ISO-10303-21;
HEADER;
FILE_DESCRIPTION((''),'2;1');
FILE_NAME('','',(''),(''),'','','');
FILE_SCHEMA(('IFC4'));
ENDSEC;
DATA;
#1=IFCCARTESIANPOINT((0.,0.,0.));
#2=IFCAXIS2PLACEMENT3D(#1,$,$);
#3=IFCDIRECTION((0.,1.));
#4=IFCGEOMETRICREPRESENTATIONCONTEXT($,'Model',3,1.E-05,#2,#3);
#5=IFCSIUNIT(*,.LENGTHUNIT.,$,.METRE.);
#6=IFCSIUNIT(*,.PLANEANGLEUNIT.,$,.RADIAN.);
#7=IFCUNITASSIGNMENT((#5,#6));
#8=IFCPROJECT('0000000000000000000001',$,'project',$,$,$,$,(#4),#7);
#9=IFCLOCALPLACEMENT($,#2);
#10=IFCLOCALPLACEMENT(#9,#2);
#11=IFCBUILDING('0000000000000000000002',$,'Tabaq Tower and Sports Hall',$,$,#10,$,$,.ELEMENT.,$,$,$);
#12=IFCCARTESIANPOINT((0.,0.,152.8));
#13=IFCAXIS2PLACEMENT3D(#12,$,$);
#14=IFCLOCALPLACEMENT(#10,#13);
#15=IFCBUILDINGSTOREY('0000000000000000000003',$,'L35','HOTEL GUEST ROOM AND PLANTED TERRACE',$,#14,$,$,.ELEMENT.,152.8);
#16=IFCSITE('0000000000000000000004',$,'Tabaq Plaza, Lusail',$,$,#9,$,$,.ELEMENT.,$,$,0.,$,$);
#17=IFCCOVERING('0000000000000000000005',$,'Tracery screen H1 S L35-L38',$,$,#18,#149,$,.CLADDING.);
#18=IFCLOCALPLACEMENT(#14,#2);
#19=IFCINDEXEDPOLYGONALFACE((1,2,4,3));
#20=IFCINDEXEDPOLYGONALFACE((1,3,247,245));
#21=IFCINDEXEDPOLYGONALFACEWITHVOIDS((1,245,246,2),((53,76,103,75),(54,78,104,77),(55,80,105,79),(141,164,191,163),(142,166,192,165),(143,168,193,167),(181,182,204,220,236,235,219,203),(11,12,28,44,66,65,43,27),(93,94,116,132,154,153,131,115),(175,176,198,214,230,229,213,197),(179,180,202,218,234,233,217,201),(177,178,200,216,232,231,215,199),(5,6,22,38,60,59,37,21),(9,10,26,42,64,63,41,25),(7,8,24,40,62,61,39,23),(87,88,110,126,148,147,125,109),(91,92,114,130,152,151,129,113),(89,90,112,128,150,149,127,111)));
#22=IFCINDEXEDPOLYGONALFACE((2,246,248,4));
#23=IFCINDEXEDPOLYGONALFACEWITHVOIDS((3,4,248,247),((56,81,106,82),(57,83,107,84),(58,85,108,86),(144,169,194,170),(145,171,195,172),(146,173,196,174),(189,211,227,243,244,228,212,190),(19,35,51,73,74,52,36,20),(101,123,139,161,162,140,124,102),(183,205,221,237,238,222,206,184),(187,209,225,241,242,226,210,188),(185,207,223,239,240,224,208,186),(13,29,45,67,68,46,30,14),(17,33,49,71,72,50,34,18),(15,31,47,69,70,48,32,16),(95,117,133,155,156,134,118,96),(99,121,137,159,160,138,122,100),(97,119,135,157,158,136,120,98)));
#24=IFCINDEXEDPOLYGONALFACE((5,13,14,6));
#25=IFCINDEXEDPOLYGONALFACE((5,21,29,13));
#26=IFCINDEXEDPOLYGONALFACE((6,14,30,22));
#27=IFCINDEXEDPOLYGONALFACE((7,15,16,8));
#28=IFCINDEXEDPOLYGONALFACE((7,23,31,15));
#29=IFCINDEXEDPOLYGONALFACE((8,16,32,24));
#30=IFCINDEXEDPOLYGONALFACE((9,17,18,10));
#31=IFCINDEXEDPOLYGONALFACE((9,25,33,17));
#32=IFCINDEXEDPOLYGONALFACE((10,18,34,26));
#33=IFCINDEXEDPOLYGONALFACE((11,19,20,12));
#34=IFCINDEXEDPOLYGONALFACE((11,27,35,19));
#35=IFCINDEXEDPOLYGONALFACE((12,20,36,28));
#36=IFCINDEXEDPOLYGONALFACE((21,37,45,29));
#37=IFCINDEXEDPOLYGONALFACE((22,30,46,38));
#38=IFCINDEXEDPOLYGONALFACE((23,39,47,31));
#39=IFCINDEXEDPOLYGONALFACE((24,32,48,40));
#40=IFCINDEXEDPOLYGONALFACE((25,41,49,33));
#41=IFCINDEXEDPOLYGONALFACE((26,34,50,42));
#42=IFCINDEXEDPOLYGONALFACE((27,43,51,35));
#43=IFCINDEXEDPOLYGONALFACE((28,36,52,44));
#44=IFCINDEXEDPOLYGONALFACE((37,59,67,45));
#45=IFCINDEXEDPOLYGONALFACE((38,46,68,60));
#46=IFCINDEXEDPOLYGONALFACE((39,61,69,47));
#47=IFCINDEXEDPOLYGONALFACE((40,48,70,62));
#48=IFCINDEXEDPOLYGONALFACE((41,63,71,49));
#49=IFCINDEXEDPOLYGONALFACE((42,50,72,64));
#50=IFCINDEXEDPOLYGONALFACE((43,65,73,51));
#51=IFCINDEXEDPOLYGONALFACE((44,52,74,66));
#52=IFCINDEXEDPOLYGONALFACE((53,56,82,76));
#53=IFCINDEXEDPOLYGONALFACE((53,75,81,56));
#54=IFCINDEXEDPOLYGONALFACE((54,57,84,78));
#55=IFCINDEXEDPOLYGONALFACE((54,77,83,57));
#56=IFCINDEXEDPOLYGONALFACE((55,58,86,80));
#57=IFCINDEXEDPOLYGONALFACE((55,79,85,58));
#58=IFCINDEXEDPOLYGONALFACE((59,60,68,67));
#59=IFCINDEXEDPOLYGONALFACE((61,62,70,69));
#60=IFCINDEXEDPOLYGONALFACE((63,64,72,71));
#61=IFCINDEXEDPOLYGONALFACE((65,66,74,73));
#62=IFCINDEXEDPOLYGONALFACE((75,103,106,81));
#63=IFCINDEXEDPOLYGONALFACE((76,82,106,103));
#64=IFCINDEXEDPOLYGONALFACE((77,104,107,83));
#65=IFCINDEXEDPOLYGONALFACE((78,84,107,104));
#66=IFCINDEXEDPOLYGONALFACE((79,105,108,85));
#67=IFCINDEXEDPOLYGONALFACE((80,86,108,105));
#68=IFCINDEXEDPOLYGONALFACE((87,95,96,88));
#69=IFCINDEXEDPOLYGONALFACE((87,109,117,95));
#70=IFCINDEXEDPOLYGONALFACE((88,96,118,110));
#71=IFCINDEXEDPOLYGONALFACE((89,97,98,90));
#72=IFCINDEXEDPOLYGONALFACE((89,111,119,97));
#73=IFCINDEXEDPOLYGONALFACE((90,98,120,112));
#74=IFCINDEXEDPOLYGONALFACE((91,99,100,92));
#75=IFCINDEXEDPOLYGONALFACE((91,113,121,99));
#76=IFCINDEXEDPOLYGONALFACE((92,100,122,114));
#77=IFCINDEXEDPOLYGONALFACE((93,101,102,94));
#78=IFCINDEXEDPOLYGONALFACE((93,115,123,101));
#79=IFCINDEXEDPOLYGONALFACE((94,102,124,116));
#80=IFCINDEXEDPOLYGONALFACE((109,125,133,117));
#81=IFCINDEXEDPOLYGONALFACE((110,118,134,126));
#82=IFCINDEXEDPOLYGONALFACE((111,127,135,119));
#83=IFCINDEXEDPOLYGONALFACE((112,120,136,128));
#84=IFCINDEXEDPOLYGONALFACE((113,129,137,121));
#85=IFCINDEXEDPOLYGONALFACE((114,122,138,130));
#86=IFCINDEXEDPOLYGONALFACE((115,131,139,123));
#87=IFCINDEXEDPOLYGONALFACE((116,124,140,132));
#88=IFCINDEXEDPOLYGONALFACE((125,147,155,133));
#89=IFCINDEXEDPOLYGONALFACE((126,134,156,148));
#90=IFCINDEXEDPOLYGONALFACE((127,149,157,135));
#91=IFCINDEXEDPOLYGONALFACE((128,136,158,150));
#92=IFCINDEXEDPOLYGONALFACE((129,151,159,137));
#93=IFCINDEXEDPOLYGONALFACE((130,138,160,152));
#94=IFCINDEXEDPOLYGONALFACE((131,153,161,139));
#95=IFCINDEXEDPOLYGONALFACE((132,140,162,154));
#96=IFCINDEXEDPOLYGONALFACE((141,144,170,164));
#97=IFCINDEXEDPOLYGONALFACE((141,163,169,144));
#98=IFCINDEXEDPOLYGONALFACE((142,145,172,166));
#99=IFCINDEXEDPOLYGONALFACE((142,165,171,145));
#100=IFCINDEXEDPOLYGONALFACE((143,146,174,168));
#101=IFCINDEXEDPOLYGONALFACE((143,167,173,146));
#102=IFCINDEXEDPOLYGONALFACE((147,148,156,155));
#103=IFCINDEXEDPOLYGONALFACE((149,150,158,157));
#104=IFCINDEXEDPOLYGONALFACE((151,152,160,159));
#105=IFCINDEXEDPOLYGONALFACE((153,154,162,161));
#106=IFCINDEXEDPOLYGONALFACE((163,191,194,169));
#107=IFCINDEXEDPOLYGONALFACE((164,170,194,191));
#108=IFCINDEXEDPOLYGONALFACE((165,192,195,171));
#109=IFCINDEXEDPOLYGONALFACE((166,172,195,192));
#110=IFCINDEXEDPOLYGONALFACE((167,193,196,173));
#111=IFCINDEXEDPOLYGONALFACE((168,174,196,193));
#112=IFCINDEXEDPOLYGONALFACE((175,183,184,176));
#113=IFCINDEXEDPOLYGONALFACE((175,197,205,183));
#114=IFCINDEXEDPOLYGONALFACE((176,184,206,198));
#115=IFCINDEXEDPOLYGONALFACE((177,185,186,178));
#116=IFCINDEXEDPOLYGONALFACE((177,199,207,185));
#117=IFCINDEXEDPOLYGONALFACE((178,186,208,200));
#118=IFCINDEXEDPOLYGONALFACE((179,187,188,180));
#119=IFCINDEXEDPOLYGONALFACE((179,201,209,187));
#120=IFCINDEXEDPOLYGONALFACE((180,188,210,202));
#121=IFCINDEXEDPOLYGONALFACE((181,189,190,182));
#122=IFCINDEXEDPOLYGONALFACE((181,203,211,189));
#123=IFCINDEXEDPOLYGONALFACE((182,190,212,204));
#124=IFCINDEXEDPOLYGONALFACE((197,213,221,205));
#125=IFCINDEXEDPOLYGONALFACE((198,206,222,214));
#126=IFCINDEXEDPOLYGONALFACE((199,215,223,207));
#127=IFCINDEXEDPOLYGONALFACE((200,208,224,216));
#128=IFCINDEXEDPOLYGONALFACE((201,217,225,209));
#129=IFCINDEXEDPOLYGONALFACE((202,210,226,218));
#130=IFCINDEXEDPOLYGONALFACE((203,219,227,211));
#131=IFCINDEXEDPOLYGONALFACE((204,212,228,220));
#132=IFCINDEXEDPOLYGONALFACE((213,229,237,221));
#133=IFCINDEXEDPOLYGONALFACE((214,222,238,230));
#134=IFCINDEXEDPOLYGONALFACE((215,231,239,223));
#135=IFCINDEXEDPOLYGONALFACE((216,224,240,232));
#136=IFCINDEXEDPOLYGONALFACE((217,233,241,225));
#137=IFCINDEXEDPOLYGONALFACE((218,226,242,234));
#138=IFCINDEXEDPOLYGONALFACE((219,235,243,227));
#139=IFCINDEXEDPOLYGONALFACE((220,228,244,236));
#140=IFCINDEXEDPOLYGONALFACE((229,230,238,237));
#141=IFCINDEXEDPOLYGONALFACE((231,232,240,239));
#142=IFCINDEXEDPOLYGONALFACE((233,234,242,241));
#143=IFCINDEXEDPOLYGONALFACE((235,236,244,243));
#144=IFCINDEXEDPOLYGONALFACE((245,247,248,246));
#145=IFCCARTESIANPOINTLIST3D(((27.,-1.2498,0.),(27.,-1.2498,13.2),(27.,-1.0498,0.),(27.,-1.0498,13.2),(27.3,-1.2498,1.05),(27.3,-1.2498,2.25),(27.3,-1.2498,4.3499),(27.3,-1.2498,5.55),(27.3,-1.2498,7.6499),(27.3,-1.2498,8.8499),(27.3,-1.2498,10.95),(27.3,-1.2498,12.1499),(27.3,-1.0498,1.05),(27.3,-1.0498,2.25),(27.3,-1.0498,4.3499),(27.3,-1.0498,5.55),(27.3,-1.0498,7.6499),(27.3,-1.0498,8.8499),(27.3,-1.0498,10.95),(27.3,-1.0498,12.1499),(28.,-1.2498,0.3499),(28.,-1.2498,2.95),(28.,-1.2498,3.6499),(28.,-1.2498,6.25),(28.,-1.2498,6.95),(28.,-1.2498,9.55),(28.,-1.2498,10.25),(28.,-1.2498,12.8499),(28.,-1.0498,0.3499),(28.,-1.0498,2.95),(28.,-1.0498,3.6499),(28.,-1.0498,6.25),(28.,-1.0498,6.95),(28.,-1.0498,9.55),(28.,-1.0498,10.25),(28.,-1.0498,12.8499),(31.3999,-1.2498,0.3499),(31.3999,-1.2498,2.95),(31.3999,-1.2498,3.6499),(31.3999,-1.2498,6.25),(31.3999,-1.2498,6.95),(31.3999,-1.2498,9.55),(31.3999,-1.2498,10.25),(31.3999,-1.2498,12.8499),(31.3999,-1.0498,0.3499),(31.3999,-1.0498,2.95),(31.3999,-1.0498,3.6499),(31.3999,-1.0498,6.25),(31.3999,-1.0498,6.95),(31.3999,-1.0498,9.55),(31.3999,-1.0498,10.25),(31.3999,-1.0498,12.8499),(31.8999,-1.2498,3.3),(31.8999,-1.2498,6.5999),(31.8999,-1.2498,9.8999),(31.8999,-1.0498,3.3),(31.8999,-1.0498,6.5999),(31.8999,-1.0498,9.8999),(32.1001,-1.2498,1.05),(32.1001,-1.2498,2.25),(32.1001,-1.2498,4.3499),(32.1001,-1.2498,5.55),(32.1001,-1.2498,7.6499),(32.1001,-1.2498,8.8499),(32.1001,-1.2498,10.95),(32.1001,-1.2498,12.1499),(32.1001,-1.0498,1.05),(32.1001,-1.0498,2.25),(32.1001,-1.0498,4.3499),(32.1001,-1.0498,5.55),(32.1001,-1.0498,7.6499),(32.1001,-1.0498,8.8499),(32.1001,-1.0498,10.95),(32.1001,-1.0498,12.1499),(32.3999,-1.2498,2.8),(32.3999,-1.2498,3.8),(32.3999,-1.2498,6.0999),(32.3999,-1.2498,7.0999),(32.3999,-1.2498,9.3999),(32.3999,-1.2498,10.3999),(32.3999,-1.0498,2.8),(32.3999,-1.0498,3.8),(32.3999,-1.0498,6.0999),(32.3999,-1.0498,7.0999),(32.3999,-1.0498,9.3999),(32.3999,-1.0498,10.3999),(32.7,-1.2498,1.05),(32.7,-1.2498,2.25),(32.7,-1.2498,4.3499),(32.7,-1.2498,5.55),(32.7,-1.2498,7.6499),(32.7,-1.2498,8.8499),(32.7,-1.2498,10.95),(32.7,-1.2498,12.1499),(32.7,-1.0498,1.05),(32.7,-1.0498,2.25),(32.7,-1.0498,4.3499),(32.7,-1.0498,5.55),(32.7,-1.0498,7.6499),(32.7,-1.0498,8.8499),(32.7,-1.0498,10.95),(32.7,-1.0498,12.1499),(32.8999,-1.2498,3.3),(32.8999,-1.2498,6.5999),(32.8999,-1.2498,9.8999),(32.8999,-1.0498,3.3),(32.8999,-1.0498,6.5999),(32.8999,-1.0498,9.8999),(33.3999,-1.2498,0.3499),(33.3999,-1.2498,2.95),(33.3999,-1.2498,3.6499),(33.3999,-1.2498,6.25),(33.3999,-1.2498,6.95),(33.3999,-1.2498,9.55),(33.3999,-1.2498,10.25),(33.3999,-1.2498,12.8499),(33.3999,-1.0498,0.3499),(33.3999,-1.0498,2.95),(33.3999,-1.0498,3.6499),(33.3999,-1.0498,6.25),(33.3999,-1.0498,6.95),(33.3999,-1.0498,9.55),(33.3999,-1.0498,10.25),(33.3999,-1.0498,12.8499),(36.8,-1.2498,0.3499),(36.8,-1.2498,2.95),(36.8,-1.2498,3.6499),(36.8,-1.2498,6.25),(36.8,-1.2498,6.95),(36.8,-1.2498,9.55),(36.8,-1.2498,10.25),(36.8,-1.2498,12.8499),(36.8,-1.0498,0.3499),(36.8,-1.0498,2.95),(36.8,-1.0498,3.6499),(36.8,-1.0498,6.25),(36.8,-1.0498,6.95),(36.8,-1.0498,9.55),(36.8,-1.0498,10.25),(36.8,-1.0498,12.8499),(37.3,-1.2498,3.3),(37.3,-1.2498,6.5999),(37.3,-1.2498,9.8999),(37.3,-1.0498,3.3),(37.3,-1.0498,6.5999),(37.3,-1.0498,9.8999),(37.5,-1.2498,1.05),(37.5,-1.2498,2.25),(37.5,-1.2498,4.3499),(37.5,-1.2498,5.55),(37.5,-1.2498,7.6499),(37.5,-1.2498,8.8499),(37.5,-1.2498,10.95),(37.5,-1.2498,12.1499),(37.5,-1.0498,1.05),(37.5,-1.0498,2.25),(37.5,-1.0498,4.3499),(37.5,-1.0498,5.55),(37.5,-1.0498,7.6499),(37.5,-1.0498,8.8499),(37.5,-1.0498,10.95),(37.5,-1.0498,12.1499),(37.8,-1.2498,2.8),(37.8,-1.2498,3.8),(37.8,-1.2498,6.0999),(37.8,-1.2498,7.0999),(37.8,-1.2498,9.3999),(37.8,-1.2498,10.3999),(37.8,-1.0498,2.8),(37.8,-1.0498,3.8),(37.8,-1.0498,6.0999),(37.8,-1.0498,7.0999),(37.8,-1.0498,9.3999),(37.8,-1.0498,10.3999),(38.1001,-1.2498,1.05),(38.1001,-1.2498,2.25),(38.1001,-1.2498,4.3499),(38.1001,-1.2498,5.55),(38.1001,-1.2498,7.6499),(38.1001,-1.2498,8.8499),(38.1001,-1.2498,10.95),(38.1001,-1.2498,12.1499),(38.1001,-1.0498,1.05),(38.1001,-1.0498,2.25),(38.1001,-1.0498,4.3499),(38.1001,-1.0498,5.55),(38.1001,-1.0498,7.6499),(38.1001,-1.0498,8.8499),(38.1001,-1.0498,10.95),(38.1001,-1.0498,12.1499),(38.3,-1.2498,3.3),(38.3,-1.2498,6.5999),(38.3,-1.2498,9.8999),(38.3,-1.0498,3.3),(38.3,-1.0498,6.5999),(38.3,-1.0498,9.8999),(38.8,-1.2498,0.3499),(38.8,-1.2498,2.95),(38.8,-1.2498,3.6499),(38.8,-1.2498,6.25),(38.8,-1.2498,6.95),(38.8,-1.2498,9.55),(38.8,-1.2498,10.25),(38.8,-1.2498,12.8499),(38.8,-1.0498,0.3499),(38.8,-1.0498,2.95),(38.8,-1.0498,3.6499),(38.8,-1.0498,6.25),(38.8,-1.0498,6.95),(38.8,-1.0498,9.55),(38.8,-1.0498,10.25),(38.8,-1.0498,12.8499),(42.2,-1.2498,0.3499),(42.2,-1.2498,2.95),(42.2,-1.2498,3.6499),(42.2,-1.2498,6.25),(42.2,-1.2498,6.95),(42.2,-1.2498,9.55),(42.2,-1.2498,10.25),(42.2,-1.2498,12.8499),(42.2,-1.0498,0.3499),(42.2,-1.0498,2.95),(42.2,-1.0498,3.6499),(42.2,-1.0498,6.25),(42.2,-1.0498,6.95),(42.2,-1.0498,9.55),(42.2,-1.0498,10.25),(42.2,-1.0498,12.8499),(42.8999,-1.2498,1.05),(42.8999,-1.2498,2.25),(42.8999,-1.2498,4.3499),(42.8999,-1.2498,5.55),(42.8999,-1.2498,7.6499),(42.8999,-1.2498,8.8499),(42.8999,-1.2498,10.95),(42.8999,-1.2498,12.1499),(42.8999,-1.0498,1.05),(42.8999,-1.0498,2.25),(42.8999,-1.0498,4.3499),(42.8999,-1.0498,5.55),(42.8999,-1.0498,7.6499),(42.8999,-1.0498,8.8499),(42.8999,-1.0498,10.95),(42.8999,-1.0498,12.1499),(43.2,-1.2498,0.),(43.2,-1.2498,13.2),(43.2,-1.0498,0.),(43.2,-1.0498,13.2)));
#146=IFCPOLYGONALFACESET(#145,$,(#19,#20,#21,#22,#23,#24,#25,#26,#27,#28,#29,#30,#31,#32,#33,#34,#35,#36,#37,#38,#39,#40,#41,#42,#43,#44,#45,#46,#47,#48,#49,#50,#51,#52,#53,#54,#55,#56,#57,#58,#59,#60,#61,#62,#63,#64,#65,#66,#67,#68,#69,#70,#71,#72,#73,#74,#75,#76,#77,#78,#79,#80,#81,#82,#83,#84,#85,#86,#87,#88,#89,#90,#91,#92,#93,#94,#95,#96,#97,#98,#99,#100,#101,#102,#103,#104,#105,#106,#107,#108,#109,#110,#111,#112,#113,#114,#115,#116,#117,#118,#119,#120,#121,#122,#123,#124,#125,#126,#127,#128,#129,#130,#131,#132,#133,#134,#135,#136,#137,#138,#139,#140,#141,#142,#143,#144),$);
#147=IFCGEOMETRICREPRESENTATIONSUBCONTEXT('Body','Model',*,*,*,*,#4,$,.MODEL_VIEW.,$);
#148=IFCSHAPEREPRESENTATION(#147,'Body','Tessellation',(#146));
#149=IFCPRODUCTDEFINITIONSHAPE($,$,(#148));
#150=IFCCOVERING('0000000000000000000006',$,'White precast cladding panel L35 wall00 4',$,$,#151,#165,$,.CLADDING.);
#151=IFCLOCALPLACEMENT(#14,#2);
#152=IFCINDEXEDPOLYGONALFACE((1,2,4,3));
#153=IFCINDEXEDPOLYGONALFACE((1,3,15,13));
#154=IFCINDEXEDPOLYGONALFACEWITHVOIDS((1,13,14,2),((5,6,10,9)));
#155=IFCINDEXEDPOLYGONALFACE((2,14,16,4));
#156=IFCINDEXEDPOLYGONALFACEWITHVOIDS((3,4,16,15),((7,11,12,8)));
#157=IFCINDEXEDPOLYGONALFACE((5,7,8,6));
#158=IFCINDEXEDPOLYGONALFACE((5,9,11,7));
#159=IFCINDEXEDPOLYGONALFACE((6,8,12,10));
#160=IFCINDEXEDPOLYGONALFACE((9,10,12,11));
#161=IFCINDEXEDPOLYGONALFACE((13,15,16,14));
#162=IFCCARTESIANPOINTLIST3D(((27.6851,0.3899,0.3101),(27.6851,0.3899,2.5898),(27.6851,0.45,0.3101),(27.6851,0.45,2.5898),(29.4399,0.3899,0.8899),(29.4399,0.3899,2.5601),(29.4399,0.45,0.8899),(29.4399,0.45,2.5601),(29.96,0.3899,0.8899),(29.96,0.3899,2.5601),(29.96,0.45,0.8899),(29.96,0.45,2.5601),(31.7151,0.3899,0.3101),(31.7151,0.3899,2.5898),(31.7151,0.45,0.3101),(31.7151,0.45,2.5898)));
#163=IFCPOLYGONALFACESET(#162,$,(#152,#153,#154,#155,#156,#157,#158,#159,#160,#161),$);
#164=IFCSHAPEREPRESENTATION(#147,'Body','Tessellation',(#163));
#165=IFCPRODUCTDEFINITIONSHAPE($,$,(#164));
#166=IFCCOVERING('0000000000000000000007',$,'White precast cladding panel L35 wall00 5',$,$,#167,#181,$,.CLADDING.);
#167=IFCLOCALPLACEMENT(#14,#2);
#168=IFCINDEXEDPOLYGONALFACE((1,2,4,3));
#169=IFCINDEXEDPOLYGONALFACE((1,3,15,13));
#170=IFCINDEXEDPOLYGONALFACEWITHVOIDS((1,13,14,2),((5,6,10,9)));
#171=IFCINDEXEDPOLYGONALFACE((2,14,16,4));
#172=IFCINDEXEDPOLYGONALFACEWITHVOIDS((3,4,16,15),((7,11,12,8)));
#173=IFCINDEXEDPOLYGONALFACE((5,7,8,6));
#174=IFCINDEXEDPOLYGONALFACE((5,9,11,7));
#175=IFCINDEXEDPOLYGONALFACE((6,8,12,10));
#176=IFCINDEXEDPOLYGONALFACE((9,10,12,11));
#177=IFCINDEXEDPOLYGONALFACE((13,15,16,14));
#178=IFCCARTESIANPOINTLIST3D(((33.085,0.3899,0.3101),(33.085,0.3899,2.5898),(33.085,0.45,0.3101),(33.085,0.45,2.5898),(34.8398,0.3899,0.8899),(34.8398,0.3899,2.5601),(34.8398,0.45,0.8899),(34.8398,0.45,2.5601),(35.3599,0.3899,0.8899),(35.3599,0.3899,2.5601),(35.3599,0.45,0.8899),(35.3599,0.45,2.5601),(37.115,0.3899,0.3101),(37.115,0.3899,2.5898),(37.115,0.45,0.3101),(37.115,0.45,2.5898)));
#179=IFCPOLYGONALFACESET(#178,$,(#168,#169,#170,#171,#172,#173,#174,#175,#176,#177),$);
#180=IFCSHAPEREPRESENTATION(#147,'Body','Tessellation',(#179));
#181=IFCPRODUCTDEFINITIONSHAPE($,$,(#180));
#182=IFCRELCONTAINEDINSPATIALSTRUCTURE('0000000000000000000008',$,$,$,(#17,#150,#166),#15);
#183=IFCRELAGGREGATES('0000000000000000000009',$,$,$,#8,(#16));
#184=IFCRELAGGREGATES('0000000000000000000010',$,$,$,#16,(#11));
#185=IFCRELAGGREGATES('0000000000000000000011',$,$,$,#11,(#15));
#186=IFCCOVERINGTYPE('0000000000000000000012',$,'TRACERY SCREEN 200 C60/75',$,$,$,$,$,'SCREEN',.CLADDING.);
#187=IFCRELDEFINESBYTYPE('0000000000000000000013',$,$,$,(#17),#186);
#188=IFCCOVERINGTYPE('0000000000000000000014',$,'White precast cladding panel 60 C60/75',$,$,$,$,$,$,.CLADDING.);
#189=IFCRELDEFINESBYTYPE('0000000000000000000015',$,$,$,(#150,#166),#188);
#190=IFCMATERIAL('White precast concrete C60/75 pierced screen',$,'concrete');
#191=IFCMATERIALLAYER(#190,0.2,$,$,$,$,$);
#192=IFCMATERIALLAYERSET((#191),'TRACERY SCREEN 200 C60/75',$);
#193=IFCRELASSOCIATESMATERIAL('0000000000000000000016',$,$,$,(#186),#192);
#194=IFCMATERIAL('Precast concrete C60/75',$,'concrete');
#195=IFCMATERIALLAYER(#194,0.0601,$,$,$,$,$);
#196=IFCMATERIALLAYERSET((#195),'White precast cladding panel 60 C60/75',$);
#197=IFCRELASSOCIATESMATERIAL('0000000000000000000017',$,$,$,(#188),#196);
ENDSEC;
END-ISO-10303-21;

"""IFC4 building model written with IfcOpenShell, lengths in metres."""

from ifc_helpers import new_model, si_unit, direction, frame, origin, place, context, subcontext, project, spatial, polyline, outline, extrude, material, layer, layer_set, type_object, element, save


model = new_model("IFC4")

# Units and contexts
model_context = context("Model", 3, precision=1e-05, world=origin(), true_north=direction((0.0, 1.0)))
body_context = subcontext(model_context, "Body", "Model", "MODEL_VIEW")
ifc_project = project(units=[si_unit("LENGTHUNIT", "METRE"), si_unit("PLANEANGLEUNIT", "RADIAN")], contexts=[model_context])

# Site, building, storey
site_placement = place(None, origin())
site = spatial("IfcSite", under=ifc_project, at=site_placement, Name="Tabaq Plaza, Lusail", CompositionType="ELEMENT", RefElevation=0.0)
building_placement = place(site_placement, origin())
building = spatial("IfcBuilding", under=site, at=building_placement, Name="Tabaq Tower and Sports Hall", CompositionType="ELEMENT")
storey_placement = place(building_placement, frame((0.0, 0.0, 152.8)))
storey = spatial("IfcBuildingStorey", under=building, at=storey_placement, Name="L35", Description="HOTEL GUEST ROOM AND PLANTED TERRACE", CompositionType="ELEMENT", Elevation=152.8)

# Coverings
ifc_material_1 = material(Name="White precast concrete C60/75 pierced screen", Category="concrete")
ifc_layer_1 = layer(ifc_material_1, 0.2)
ifc_layer_set_1 = layer_set([ifc_layer_1], Name="TRACERY SCREEN 200 C60/75")
covering_type_1 = type_object("IfcCoveringType", Name="TRACERY SCREEN 200 C60/75", ElementType="SCREEN", PredefinedType="CLADDING", material=ifc_layer_set_1)
covering_1_placement = place(storey_placement, frame((27.0, -1.1499, 0.0), z_axis=(0.0, 0.0, 1.0), x_axis=(1.0, 0.0, 0.0)))
element("IfcCovering", 1, at=covering_1_placement, inside=storey, type_object=covering_type_1, Name="Tracery screen H1 S L35-L38", PredefinedType="CLADDING", context=body_context, shape_type="SweptSolid", body=[
    extrude(outline(polyline([(0.0, 0.0), (16.2, 0.0), (16.2, 13.2), (0.0, 13.2), (0.0, 0.0)]), holes=[polyline([(1.0, 0.3499), (4.3999, 0.3499), (5.1001, 1.05), (5.1001, 2.25), (4.3999, 2.95), (1.0, 2.95), (0.3, 2.25), (0.3, 1.05), (1.0, 0.3499)]), polyline([(6.3999, 0.3499), (9.8, 0.3499), (10.5, 1.05), (10.5, 2.25), (9.8, 2.95), (6.3999, 2.95), (5.7, 2.25), (5.7, 1.05), (6.3999, 0.3499)]), polyline([(11.8, 0.3499), (15.2, 0.3499), (15.8999, 1.05), (15.8999, 2.25), (15.2, 2.95), (11.8, 2.95), (11.1001, 2.25), (11.1001, 1.05), (11.8, 0.3499)]), polyline([(1.0, 3.6499), (4.3999, 3.6499), (5.1001, 4.3499), (5.1001, 5.55), (4.3999, 6.25), (1.0, 6.25), (0.3, 5.55), (0.3, 4.3499), (1.0, 3.6499)]), polyline([(6.3999, 3.6499), (9.8, 3.6499), (10.5, 4.3499), (10.5, 5.55), (9.8, 6.25), (6.3999, 6.25), (5.7, 5.55), (5.7, 4.3499), (6.3999, 3.6499)]), polyline([(11.8, 3.6499), (15.2, 3.6499), (15.8999, 4.3499), (15.8999, 5.55), (15.2, 6.25), (11.8, 6.25), (11.1001, 5.55), (11.1001, 4.3499), (11.8, 3.6499)]), polyline([(1.0, 6.95), (4.3999, 6.95), (5.1001, 7.6499), (5.1001, 8.8499), (4.3999, 9.55), (1.0, 9.55), (0.3, 8.8499), (0.3, 7.6499), (1.0, 6.95)]), polyline([(6.3999, 6.95), (9.8, 6.95), (10.5, 7.6499), (10.5, 8.8499), (9.8, 9.55), (6.3999, 9.55), (5.7, 8.8499), (5.7, 7.6499), (6.3999, 6.95)]), polyline([(11.8, 6.95), (15.2, 6.95), (15.8999, 7.6499), (15.8999, 8.8499), (15.2, 9.55), (11.8, 9.55), (11.1001, 8.8499), (11.1001, 7.6499), (11.8, 6.95)]), polyline([(1.0, 10.25), (4.3999, 10.25), (5.1001, 10.95), (5.1001, 12.1499), (4.3999, 12.8499), (1.0, 12.8499), (0.3, 12.1499), (0.3, 10.95), (1.0, 10.25)]), polyline([(6.3999, 10.25), (9.8, 10.25), (10.5, 10.95), (10.5, 12.1499), (9.8, 12.8499), (6.3999, 12.8499), (5.7, 12.1499), (5.7, 10.95), (6.3999, 10.25)]), polyline([(11.8, 10.25), (15.2, 10.25), (15.8999, 10.95), (15.8999, 12.1499), (15.2, 12.8499), (11.8, 12.8499), (11.1001, 12.1499), (11.1001, 10.95), (11.8, 10.25)]), polyline([(5.8999, 3.3), (5.3999, 3.8), (4.8999, 3.3), (5.3999, 2.8), (5.8999, 3.3)]), polyline([(11.3, 3.3), (10.8, 3.8), (10.3, 3.3), (10.8, 2.8), (11.3, 3.3)]), polyline([(5.8999, 6.5999), (5.3999, 7.0999), (4.8999, 6.5999), (5.3999, 6.0999), (5.8999, 6.5999)]), polyline([(11.3, 6.5999), (10.8, 7.0999), (10.3, 6.5999), (10.8, 6.0999), (11.3, 6.5999)]), polyline([(5.8999, 9.8999), (5.3999, 10.3999), (4.8999, 9.8999), (5.3999, 9.3999), (5.8999, 9.8999)]), polyline([(11.3, 9.8999), (10.8, 10.3999), (10.3, 9.8999), (10.8, 9.3999), (11.3, 9.8999)])]), frame((0.0, 0.1001, 0.0), z_axis=(0.0, -1.0, 0.0), x_axis=(1.0, 0.0, 0.0)), (0.0, 0.0, 1.0), 0.2),
])
ifc_material_2 = material(Name="Precast concrete C60/75", Category="concrete")
ifc_layer_2 = layer(ifc_material_2, 0.0601)
ifc_layer_set_2 = layer_set([ifc_layer_2], Name="White precast cladding panel 60 C60/75")
covering_type_2 = type_object("IfcCoveringType", Name="White precast cladding panel 60 C60/75", PredefinedType="CLADDING", material=ifc_layer_set_2)
for number, where, z_axis, x_axis, name in (
    (2, (27.6851, 0.4199, 0.3101), (0.0, 0.0, 1.0), (1.0, 0.0, 0.0), "White precast cladding panel L35 wall00 4"),
    (3, (33.085, 0.4199, 0.3101), (0.0, 0.0, 1.0), (1.0, 0.0, 0.0), "White precast cladding panel L35 wall00 5"),
):
    element("IfcCovering", number, at=place(storey_placement, frame(where, z_axis=z_axis, x_axis=x_axis)), inside=storey, type_object=covering_type_2, Name=name, PredefinedType="CLADDING", context=body_context, shape_type="SweptSolid", body=[
        extrude(outline(polyline([(0.0, 0.0), (4.03, 0.0), (4.03, 2.2798), (0.0, 2.2798), (0.0, 0.0)]), holes=[polyline([(2.2749, 0.5798), (1.7549, 0.5798), (1.7549, 2.25), (2.2749, 2.25), (2.2749, 0.5798)])]), frame((0.0, 0.03, 0.0), z_axis=(0.0, -1.0, 0.0), x_axis=(1.0, 0.0, 0.0)), (0.0, 0.0, 1.0), 0.0601),
    ])

save(model, "model.ifc")
